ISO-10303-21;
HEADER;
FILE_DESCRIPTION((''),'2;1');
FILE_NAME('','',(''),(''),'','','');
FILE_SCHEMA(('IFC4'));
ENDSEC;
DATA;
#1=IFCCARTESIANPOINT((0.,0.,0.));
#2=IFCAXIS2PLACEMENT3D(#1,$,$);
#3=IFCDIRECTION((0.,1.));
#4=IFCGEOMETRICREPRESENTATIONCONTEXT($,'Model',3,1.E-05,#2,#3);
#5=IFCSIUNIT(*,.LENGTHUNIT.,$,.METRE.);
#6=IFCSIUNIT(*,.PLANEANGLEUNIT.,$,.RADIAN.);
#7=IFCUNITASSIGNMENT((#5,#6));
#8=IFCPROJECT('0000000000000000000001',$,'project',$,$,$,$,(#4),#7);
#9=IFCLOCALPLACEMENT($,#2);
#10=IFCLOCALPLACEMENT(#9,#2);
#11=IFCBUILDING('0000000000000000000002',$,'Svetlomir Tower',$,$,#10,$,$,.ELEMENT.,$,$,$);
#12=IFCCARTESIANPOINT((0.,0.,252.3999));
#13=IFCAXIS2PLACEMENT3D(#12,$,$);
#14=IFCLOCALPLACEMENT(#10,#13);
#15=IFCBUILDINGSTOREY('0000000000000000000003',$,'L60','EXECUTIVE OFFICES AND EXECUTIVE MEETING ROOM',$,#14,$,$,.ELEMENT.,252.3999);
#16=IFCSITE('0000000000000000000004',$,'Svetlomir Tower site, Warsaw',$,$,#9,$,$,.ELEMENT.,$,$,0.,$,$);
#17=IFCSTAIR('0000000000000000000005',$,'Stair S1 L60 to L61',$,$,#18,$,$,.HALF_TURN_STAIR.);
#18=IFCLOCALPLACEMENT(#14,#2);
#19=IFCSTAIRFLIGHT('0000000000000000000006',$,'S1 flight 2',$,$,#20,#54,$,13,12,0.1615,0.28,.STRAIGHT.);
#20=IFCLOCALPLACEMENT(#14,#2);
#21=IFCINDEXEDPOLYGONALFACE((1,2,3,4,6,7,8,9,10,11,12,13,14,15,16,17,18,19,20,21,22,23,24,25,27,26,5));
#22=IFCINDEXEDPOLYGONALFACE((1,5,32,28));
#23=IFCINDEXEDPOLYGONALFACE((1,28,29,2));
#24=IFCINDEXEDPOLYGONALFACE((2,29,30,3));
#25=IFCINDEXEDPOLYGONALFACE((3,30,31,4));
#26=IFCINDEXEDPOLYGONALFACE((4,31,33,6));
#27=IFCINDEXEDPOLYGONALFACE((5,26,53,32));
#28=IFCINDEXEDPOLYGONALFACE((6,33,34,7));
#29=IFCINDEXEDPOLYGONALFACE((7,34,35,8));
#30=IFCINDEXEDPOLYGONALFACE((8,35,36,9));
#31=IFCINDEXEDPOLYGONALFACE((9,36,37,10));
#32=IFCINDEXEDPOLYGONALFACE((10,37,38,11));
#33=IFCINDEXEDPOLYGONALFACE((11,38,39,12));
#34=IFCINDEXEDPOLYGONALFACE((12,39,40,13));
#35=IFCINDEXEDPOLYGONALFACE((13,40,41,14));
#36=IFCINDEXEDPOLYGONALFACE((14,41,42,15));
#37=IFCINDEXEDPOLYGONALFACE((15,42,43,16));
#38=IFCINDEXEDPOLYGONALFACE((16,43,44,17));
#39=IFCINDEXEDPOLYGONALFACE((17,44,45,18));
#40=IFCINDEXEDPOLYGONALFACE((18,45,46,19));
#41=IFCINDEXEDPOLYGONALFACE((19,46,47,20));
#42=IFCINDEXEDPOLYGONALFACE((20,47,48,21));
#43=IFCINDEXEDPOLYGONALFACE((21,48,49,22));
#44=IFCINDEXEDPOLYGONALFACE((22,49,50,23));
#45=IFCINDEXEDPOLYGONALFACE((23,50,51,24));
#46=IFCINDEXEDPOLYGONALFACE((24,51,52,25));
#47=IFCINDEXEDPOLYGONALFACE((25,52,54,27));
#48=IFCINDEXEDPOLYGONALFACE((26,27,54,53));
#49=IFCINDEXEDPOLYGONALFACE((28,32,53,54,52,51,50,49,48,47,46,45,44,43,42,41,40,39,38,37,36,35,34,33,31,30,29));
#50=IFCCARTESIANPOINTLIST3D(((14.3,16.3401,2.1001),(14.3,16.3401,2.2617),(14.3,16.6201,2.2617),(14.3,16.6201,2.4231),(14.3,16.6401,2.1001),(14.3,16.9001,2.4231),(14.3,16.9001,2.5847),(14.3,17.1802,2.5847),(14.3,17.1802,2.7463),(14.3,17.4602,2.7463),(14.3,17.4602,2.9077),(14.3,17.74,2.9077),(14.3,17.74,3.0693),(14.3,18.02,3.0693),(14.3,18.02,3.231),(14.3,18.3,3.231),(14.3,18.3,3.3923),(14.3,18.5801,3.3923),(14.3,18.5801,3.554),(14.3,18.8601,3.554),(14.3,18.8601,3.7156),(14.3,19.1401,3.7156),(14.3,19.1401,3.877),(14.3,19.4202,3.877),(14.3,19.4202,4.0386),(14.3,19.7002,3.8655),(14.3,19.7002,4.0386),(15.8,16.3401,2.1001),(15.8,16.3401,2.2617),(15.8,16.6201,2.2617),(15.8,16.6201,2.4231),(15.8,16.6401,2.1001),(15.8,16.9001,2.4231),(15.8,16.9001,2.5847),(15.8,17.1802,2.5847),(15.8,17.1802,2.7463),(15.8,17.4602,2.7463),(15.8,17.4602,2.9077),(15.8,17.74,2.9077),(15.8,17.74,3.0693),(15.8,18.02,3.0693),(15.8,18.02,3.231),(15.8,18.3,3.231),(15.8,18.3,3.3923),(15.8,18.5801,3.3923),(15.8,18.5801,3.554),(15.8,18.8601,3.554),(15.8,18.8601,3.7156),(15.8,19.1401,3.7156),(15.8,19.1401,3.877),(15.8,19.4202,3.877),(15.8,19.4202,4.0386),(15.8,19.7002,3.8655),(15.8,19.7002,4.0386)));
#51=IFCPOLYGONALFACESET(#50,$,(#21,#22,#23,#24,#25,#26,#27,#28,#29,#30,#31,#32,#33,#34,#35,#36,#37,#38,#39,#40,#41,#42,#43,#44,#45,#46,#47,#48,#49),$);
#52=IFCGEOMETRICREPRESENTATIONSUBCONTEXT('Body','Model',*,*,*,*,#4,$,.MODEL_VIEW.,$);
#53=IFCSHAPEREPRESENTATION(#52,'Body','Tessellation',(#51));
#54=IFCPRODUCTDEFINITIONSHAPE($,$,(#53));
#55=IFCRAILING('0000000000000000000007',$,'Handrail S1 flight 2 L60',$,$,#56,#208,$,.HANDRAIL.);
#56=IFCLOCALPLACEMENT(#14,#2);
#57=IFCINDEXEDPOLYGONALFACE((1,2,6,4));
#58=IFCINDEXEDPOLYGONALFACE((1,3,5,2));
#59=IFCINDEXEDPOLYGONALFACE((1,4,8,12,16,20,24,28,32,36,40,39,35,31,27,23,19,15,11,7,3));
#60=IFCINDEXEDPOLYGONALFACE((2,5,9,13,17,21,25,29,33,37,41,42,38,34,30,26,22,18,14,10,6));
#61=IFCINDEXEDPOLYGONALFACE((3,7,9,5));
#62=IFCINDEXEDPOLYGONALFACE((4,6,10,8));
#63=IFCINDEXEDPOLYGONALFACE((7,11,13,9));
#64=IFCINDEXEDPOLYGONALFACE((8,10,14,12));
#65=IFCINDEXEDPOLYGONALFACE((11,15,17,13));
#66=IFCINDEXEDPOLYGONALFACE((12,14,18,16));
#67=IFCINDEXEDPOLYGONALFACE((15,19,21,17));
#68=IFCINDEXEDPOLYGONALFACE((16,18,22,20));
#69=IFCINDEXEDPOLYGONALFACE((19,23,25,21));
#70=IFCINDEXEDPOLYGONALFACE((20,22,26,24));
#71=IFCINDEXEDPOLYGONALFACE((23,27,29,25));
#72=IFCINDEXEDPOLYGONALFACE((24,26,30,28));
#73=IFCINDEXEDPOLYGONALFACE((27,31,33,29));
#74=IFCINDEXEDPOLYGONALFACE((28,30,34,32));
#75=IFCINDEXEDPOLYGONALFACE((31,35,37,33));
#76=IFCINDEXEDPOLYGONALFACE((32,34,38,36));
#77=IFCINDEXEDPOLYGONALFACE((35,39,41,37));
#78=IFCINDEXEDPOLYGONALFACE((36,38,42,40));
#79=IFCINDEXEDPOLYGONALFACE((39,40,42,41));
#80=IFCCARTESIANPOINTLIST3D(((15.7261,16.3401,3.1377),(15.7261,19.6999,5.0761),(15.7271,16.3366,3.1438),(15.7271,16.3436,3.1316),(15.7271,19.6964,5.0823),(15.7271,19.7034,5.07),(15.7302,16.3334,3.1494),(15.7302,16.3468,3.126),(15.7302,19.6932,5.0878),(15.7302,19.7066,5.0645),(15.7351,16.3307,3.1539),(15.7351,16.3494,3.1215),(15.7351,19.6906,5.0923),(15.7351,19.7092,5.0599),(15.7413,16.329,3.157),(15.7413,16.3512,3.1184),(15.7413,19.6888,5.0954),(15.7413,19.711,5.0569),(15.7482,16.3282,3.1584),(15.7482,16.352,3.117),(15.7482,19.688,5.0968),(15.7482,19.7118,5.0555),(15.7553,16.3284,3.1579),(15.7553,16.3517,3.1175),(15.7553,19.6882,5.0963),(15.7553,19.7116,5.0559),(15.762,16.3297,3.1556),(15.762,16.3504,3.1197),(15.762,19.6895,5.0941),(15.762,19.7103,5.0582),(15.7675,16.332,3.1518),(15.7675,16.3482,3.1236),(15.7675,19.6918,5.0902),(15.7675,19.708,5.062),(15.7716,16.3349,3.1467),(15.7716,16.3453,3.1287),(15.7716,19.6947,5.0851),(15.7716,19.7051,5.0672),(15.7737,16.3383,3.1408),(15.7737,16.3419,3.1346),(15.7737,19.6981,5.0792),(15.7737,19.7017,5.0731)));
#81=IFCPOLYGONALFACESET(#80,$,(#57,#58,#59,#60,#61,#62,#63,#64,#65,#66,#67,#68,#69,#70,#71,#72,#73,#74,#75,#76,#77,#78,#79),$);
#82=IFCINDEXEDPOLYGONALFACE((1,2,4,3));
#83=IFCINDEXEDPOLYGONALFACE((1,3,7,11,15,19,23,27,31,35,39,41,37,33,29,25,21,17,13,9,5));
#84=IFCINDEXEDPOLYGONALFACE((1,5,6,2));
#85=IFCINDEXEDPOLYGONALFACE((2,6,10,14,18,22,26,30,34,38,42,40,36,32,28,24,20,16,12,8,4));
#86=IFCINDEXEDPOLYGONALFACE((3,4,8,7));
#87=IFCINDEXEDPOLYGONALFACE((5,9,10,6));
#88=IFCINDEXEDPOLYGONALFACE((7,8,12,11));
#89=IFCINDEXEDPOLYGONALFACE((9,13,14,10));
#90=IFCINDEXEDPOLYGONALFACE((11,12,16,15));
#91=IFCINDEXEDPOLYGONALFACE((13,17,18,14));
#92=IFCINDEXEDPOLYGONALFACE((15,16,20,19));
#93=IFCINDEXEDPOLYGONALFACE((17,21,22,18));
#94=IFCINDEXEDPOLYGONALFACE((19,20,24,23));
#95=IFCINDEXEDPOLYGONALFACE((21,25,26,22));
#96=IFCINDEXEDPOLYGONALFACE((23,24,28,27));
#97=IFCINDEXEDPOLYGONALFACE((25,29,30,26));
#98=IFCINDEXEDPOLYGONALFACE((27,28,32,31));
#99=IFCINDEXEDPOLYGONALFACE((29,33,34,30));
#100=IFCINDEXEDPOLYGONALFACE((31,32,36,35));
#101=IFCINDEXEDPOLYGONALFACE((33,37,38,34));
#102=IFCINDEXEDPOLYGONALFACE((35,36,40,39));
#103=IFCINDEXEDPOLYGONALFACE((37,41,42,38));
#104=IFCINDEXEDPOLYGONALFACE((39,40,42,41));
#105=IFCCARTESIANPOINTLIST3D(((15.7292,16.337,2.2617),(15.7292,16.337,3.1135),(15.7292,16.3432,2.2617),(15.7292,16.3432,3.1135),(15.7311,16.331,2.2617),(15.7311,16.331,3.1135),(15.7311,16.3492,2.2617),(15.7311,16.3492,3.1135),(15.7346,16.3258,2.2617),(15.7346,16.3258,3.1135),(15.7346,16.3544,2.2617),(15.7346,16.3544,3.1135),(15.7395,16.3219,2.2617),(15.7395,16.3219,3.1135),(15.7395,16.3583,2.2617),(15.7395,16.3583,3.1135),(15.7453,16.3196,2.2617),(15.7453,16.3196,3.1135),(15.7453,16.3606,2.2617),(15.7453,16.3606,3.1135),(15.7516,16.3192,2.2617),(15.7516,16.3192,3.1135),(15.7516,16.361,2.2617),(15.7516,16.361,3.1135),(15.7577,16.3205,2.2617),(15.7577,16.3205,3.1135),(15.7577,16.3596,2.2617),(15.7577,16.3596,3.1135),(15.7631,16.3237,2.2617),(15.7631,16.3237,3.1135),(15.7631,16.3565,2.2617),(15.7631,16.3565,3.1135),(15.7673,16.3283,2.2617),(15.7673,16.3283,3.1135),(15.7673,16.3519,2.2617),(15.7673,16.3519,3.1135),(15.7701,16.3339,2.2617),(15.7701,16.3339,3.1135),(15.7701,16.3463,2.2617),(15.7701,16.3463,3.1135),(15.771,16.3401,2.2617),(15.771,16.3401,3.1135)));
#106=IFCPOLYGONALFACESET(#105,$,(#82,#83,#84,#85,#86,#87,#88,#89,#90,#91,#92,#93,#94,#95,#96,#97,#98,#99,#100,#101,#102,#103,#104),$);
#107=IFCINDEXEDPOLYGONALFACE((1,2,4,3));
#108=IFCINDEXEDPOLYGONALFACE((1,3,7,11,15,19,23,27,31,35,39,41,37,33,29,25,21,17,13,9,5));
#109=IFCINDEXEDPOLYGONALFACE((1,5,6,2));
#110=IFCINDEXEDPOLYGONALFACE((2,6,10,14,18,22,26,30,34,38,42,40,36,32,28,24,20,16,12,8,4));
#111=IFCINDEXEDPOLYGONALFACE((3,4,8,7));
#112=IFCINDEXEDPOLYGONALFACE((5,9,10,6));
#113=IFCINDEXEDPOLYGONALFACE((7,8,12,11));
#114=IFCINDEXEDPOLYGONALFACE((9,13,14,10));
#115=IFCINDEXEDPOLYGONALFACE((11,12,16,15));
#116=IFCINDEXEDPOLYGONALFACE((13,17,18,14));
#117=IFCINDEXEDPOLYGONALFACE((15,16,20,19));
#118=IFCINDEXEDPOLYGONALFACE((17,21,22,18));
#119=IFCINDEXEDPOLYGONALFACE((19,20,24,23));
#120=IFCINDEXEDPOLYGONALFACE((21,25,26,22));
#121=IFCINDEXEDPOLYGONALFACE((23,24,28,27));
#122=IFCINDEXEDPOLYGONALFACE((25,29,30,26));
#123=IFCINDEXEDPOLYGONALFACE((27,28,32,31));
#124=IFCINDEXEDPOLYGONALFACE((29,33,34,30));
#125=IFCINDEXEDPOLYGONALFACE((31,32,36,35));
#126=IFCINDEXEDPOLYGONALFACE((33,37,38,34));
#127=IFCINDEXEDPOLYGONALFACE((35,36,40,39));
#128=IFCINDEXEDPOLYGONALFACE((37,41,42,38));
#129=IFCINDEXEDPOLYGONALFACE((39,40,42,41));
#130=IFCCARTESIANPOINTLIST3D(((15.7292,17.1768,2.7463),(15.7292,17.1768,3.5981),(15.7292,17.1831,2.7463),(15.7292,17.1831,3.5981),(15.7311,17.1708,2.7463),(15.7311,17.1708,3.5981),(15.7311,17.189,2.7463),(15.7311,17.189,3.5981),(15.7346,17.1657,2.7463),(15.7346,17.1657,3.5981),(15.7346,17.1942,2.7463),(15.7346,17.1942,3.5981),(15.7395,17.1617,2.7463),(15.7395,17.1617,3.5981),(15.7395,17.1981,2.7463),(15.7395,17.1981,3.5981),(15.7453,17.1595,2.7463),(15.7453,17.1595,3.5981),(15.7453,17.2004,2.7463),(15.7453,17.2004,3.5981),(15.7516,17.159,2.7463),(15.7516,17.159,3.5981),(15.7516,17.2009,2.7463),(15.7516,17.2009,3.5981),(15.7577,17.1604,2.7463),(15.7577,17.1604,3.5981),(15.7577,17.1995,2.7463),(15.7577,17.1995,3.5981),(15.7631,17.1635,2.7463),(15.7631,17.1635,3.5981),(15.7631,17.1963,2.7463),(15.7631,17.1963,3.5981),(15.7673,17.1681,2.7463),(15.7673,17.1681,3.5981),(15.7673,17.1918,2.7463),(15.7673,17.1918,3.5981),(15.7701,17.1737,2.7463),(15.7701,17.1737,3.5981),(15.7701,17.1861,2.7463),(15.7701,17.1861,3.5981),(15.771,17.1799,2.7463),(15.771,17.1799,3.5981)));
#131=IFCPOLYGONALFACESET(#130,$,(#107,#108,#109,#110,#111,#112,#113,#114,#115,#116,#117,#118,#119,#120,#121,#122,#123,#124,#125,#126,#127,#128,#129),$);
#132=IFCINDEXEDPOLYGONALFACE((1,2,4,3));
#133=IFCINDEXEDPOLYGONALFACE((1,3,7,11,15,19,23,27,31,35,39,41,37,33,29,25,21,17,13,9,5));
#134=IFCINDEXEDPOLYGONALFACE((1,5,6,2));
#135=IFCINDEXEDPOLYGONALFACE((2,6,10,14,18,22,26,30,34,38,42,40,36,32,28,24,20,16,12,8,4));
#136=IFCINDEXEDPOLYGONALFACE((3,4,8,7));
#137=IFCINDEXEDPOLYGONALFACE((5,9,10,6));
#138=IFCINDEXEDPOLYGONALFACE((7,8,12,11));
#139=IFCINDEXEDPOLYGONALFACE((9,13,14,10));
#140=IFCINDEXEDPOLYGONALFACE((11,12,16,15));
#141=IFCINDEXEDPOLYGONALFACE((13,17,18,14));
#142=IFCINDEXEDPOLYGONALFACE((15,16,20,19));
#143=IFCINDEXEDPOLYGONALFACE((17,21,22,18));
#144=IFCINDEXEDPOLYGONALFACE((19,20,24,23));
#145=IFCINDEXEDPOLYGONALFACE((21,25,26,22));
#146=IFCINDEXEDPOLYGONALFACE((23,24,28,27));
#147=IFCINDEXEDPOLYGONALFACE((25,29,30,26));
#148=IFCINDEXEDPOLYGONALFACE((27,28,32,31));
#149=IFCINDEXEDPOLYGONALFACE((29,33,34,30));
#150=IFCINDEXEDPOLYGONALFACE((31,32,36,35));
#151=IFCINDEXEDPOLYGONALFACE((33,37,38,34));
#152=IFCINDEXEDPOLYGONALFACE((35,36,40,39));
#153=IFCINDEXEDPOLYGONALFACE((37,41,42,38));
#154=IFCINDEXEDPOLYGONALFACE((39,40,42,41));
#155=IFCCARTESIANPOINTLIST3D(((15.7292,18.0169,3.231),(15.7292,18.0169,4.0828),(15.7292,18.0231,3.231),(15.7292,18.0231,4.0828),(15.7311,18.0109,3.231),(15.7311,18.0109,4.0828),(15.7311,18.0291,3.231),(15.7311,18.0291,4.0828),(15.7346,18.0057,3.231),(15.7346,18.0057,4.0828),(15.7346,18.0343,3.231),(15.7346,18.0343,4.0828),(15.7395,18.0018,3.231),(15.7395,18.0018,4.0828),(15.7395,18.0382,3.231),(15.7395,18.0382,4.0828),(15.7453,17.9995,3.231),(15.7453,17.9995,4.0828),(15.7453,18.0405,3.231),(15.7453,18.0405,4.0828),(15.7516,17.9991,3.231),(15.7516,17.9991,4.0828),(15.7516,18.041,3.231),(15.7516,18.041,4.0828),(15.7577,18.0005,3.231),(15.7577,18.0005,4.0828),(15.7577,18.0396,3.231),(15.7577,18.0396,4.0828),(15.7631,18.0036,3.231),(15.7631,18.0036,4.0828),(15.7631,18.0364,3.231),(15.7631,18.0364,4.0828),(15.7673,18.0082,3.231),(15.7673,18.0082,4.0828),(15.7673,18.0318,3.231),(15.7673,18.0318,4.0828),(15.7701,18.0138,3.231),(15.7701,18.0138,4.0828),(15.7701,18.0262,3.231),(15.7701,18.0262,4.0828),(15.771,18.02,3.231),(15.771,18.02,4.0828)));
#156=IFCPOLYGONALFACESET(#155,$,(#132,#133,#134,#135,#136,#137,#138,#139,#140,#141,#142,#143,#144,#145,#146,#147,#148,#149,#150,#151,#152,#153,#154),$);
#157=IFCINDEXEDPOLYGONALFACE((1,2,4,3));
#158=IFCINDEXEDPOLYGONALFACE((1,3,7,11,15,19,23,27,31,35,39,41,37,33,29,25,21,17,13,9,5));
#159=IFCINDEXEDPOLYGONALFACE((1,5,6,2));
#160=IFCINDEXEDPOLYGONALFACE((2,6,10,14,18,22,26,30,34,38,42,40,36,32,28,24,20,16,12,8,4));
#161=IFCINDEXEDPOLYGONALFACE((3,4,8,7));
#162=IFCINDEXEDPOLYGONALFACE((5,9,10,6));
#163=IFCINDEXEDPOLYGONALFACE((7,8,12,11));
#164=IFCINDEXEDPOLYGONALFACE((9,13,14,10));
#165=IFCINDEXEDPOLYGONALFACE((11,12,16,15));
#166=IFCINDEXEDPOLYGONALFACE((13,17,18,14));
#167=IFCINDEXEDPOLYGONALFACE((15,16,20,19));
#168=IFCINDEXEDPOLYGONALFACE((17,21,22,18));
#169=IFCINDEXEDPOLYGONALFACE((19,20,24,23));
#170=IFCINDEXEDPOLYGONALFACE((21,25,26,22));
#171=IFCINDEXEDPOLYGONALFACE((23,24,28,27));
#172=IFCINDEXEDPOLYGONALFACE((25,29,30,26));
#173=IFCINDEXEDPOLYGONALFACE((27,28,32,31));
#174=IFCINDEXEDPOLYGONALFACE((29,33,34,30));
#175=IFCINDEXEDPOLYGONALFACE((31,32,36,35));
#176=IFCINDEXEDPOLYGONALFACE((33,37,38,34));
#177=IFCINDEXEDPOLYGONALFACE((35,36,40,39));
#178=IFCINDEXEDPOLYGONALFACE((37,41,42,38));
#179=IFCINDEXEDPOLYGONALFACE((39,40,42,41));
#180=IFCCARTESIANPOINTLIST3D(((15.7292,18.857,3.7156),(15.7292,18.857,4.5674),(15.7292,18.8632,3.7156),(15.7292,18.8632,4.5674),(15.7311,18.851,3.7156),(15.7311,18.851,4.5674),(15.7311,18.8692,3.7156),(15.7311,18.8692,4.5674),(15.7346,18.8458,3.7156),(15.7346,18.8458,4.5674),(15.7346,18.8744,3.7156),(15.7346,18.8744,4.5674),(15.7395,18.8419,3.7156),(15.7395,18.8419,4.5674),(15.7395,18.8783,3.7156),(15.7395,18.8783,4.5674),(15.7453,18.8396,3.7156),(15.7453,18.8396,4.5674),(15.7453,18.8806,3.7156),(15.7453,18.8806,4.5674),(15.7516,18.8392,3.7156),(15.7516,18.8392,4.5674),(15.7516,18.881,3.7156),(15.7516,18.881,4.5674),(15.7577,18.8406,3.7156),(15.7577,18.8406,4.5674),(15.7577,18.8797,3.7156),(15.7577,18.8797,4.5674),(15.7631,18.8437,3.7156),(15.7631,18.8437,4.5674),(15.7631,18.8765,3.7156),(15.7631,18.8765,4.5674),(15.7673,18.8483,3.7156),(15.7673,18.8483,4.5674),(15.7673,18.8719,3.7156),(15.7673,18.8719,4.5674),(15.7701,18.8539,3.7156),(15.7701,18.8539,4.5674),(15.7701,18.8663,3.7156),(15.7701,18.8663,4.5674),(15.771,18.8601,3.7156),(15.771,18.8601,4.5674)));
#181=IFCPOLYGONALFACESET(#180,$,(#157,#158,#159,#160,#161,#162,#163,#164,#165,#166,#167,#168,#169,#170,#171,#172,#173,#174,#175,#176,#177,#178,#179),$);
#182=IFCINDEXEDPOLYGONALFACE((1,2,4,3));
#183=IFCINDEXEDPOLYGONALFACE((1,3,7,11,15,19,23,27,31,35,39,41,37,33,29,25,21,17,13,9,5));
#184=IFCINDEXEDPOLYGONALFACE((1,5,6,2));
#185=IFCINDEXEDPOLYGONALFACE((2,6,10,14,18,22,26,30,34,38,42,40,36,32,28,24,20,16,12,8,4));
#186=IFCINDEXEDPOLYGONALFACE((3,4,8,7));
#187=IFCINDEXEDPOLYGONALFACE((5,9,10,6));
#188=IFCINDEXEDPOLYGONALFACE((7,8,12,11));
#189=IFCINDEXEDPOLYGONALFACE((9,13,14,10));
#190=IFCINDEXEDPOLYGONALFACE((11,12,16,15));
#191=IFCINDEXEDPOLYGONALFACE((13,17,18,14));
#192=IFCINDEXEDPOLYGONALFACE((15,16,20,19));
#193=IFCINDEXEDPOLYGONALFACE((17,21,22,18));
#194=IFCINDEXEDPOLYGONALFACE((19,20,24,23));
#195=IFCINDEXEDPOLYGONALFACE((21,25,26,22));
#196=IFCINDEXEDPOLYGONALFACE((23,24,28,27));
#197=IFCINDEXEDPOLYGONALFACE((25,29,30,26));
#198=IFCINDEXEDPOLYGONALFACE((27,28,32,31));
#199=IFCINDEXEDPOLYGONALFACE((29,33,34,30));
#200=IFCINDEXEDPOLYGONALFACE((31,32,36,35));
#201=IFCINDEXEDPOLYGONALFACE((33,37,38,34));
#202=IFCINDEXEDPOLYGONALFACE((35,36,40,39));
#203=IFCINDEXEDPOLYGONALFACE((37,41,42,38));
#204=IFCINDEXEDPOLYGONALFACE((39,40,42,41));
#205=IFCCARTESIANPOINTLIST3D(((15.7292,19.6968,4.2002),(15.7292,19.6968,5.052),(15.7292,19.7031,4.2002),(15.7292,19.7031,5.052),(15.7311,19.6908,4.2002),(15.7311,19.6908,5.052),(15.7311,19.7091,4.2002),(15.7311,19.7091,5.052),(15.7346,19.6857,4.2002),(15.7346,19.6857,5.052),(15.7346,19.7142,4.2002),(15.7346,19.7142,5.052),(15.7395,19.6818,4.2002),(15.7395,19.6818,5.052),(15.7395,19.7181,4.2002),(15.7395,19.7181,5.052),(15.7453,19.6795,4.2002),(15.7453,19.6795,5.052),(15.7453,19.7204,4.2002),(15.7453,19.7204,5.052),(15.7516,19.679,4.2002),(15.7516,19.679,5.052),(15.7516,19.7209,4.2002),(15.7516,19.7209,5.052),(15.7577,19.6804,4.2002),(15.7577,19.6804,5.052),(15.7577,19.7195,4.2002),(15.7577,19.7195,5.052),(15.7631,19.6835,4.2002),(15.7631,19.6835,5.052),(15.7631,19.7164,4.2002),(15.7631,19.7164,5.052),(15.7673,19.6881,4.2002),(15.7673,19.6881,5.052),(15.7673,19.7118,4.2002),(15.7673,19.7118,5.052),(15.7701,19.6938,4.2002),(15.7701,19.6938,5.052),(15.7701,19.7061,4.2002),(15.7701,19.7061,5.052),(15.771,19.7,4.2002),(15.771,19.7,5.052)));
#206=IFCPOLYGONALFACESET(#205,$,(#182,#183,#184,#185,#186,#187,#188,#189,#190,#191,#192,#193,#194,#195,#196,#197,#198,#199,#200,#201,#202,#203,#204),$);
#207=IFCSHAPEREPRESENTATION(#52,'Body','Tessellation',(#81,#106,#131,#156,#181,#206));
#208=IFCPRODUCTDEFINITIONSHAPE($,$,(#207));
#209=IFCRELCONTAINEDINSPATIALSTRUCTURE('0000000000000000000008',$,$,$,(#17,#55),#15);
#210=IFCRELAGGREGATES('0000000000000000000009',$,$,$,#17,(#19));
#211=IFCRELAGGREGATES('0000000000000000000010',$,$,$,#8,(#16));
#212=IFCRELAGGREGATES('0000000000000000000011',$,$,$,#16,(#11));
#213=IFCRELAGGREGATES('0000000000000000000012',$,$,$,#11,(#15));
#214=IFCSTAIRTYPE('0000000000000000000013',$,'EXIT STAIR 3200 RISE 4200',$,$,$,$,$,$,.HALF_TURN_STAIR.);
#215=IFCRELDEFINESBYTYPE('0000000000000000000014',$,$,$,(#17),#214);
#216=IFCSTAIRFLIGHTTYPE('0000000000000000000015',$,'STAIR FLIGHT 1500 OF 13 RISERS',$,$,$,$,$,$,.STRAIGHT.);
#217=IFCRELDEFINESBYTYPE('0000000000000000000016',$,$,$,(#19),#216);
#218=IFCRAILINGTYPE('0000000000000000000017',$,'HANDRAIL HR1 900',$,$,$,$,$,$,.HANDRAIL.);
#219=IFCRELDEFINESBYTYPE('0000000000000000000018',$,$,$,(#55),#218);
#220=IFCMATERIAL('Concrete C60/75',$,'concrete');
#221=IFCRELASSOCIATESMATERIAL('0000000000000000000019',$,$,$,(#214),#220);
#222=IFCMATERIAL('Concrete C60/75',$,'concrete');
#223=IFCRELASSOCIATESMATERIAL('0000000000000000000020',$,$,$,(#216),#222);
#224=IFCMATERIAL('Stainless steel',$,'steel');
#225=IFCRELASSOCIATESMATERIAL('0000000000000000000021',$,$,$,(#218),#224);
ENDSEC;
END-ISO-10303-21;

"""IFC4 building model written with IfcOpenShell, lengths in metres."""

from ifc_helpers import new_model, si_unit, direction, frame, origin, origin_2d, place, context, subcontext, project, spatial, polyline, circle, outline, extrude, material, type_object, element, aggregate, save


model = new_model("IFC4")

# Units and contexts
model_context = context("Model", 3, precision=1e-05, world=origin(), true_north=direction((0.0, 1.0)))
body_context = subcontext(model_context, "Body", "Model", "MODEL_VIEW")
ifc_project = project(units=[si_unit("LENGTHUNIT", "METRE"), si_unit("PLANEANGLEUNIT", "RADIAN")], contexts=[model_context])

# Site, building, storey
site_placement = place(None, origin())
site = spatial("IfcSite", under=ifc_project, at=site_placement, Name="Svetlomir Tower site, Warsaw", CompositionType="ELEMENT", RefElevation=0.0)
building_placement = place(site_placement, origin())
building = spatial("IfcBuilding", under=site, at=building_placement, Name="Svetlomir Tower", CompositionType="ELEMENT")
storey_placement = place(building_placement, frame((0.0, 0.0, 252.3999)))
storey = spatial("IfcBuildingStorey", under=building, at=storey_placement, Name="L60", Description="EXECUTIVE OFFICES AND EXECUTIVE MEETING ROOM", CompositionType="ELEMENT", Elevation=252.3999)

# Stair, stair flight
ifc_material_1 = material(Name="Concrete C60/75", Category="concrete")
stair_type = type_object("IfcStairType", Name="EXIT STAIR 3200 RISE 4200", PredefinedType="HALF_TURN_STAIR", material=ifc_material_1)
stair_placement = place(storey_placement, origin())
stair = element("IfcStair", 1, at=stair_placement, inside=storey, type_object=stair_type, Name="Stair S1 L60 to L61", PredefinedType="HALF_TURN_STAIR")
ifc_material_2 = material(Name="Concrete C60/75", Category="concrete")
stair_flight_type = type_object("IfcStairFlightType", Name="STAIR FLIGHT 1500 OF 13 RISERS", PredefinedType="STRAIGHT", material=ifc_material_2)
stair_flight_placement = place(storey_placement, frame((15.05, 16.3401, 2.1001), z_axis=(0.0, 0.0, 1.0), x_axis=(0.0, 1.0, 0.0)))
stair_flight = element("IfcStairFlight", 2, at=stair_flight_placement, type_object=stair_flight_type, Name="S1 flight 2", NumberOfRisers=13, NumberOfTreads=12, PredefinedType="STRAIGHT", RiserHeight=0.1615, TreadLength=0.28, context=body_context, shape_type="SweptSolid", body=[
    extrude(outline(polyline([(0.0, 0.0), (0.0, 0.1616), (0.28, 0.1616), (0.28, 0.323), (0.5601, 0.323), (0.5601, 0.4846), (0.8401, 0.4846), (0.8401, 0.6462), (1.1201, 0.6462), (1.1201, 0.8076), (1.3999, 0.8076), (1.3999, 0.9692), (1.6799, 0.9692), (1.6799, 1.1309), (1.96, 1.1309), (1.96, 1.2922), (2.24, 1.2922), (2.24, 1.4539), (2.52, 1.4539), (2.52, 1.6155), (2.8, 1.6155), (2.8, 1.7769), (3.0801, 1.7769), (3.0801, 1.9385), (3.3601, 1.9385), (3.3601, 2.1001), (3.3601, 1.7654), (0.3, 0.0), (0.0, 0.0)])), frame((0.0, 0.75, 0.0), z_axis=(0.0, -1.0, 0.0), x_axis=(1.0, 0.0, 0.0)), (0.0, 0.0, 1.0), 1.5),
])
aggregate(stair, [stair_flight])

# Railing
ifc_material_3 = material(Name="Stainless steel", Category="steel")
railing_type = type_object("IfcRailingType", Name="HANDRAIL HR1 900", PredefinedType="HANDRAIL", material=ifc_material_3)
railing_placement = place(storey_placement, frame((15.75, 16.3401, 2.2617)))
element("IfcRailing", 3, at=railing_placement, inside=storey, type_object=railing_type, Name="Handrail S1 flight 2 L60", PredefinedType="HANDRAIL", context=body_context, shape_type="SweptSolid", body=[
    extrude(circle(Radius=0.0239, at=origin_2d()), frame((0.0, 0.0, 0.876), z_axis=(0.0, 0.866175, 0.499741), x_axis=(-1.0, 0.0, 0.0)), (0.0, 0.0, 1.0), 3.8789),
    extrude(circle(Radius=0.021, at=origin_2d()), origin(), (0.0, 0.0, 1.0), 0.8518),
    extrude(circle(Radius=0.021, at=origin_2d()), frame((0.0, 0.8398, 0.4846)), (0.0, 0.0, 1.0), 0.8518),
    extrude(circle(Radius=0.021, at=origin_2d()), frame((0.0, 1.6799, 0.9692)), (0.0, 0.0, 1.0), 0.8518),
    extrude(circle(Radius=0.021, at=origin_2d()), frame((0.0, 2.52, 1.4539)), (0.0, 0.0, 1.0), 0.8518),
    extrude(circle(Radius=0.021, at=origin_2d()), frame((0.0, 3.3599, 1.9385)), (0.0, 0.0, 1.0), 0.8518),
])

save(model, "model.ifc")
